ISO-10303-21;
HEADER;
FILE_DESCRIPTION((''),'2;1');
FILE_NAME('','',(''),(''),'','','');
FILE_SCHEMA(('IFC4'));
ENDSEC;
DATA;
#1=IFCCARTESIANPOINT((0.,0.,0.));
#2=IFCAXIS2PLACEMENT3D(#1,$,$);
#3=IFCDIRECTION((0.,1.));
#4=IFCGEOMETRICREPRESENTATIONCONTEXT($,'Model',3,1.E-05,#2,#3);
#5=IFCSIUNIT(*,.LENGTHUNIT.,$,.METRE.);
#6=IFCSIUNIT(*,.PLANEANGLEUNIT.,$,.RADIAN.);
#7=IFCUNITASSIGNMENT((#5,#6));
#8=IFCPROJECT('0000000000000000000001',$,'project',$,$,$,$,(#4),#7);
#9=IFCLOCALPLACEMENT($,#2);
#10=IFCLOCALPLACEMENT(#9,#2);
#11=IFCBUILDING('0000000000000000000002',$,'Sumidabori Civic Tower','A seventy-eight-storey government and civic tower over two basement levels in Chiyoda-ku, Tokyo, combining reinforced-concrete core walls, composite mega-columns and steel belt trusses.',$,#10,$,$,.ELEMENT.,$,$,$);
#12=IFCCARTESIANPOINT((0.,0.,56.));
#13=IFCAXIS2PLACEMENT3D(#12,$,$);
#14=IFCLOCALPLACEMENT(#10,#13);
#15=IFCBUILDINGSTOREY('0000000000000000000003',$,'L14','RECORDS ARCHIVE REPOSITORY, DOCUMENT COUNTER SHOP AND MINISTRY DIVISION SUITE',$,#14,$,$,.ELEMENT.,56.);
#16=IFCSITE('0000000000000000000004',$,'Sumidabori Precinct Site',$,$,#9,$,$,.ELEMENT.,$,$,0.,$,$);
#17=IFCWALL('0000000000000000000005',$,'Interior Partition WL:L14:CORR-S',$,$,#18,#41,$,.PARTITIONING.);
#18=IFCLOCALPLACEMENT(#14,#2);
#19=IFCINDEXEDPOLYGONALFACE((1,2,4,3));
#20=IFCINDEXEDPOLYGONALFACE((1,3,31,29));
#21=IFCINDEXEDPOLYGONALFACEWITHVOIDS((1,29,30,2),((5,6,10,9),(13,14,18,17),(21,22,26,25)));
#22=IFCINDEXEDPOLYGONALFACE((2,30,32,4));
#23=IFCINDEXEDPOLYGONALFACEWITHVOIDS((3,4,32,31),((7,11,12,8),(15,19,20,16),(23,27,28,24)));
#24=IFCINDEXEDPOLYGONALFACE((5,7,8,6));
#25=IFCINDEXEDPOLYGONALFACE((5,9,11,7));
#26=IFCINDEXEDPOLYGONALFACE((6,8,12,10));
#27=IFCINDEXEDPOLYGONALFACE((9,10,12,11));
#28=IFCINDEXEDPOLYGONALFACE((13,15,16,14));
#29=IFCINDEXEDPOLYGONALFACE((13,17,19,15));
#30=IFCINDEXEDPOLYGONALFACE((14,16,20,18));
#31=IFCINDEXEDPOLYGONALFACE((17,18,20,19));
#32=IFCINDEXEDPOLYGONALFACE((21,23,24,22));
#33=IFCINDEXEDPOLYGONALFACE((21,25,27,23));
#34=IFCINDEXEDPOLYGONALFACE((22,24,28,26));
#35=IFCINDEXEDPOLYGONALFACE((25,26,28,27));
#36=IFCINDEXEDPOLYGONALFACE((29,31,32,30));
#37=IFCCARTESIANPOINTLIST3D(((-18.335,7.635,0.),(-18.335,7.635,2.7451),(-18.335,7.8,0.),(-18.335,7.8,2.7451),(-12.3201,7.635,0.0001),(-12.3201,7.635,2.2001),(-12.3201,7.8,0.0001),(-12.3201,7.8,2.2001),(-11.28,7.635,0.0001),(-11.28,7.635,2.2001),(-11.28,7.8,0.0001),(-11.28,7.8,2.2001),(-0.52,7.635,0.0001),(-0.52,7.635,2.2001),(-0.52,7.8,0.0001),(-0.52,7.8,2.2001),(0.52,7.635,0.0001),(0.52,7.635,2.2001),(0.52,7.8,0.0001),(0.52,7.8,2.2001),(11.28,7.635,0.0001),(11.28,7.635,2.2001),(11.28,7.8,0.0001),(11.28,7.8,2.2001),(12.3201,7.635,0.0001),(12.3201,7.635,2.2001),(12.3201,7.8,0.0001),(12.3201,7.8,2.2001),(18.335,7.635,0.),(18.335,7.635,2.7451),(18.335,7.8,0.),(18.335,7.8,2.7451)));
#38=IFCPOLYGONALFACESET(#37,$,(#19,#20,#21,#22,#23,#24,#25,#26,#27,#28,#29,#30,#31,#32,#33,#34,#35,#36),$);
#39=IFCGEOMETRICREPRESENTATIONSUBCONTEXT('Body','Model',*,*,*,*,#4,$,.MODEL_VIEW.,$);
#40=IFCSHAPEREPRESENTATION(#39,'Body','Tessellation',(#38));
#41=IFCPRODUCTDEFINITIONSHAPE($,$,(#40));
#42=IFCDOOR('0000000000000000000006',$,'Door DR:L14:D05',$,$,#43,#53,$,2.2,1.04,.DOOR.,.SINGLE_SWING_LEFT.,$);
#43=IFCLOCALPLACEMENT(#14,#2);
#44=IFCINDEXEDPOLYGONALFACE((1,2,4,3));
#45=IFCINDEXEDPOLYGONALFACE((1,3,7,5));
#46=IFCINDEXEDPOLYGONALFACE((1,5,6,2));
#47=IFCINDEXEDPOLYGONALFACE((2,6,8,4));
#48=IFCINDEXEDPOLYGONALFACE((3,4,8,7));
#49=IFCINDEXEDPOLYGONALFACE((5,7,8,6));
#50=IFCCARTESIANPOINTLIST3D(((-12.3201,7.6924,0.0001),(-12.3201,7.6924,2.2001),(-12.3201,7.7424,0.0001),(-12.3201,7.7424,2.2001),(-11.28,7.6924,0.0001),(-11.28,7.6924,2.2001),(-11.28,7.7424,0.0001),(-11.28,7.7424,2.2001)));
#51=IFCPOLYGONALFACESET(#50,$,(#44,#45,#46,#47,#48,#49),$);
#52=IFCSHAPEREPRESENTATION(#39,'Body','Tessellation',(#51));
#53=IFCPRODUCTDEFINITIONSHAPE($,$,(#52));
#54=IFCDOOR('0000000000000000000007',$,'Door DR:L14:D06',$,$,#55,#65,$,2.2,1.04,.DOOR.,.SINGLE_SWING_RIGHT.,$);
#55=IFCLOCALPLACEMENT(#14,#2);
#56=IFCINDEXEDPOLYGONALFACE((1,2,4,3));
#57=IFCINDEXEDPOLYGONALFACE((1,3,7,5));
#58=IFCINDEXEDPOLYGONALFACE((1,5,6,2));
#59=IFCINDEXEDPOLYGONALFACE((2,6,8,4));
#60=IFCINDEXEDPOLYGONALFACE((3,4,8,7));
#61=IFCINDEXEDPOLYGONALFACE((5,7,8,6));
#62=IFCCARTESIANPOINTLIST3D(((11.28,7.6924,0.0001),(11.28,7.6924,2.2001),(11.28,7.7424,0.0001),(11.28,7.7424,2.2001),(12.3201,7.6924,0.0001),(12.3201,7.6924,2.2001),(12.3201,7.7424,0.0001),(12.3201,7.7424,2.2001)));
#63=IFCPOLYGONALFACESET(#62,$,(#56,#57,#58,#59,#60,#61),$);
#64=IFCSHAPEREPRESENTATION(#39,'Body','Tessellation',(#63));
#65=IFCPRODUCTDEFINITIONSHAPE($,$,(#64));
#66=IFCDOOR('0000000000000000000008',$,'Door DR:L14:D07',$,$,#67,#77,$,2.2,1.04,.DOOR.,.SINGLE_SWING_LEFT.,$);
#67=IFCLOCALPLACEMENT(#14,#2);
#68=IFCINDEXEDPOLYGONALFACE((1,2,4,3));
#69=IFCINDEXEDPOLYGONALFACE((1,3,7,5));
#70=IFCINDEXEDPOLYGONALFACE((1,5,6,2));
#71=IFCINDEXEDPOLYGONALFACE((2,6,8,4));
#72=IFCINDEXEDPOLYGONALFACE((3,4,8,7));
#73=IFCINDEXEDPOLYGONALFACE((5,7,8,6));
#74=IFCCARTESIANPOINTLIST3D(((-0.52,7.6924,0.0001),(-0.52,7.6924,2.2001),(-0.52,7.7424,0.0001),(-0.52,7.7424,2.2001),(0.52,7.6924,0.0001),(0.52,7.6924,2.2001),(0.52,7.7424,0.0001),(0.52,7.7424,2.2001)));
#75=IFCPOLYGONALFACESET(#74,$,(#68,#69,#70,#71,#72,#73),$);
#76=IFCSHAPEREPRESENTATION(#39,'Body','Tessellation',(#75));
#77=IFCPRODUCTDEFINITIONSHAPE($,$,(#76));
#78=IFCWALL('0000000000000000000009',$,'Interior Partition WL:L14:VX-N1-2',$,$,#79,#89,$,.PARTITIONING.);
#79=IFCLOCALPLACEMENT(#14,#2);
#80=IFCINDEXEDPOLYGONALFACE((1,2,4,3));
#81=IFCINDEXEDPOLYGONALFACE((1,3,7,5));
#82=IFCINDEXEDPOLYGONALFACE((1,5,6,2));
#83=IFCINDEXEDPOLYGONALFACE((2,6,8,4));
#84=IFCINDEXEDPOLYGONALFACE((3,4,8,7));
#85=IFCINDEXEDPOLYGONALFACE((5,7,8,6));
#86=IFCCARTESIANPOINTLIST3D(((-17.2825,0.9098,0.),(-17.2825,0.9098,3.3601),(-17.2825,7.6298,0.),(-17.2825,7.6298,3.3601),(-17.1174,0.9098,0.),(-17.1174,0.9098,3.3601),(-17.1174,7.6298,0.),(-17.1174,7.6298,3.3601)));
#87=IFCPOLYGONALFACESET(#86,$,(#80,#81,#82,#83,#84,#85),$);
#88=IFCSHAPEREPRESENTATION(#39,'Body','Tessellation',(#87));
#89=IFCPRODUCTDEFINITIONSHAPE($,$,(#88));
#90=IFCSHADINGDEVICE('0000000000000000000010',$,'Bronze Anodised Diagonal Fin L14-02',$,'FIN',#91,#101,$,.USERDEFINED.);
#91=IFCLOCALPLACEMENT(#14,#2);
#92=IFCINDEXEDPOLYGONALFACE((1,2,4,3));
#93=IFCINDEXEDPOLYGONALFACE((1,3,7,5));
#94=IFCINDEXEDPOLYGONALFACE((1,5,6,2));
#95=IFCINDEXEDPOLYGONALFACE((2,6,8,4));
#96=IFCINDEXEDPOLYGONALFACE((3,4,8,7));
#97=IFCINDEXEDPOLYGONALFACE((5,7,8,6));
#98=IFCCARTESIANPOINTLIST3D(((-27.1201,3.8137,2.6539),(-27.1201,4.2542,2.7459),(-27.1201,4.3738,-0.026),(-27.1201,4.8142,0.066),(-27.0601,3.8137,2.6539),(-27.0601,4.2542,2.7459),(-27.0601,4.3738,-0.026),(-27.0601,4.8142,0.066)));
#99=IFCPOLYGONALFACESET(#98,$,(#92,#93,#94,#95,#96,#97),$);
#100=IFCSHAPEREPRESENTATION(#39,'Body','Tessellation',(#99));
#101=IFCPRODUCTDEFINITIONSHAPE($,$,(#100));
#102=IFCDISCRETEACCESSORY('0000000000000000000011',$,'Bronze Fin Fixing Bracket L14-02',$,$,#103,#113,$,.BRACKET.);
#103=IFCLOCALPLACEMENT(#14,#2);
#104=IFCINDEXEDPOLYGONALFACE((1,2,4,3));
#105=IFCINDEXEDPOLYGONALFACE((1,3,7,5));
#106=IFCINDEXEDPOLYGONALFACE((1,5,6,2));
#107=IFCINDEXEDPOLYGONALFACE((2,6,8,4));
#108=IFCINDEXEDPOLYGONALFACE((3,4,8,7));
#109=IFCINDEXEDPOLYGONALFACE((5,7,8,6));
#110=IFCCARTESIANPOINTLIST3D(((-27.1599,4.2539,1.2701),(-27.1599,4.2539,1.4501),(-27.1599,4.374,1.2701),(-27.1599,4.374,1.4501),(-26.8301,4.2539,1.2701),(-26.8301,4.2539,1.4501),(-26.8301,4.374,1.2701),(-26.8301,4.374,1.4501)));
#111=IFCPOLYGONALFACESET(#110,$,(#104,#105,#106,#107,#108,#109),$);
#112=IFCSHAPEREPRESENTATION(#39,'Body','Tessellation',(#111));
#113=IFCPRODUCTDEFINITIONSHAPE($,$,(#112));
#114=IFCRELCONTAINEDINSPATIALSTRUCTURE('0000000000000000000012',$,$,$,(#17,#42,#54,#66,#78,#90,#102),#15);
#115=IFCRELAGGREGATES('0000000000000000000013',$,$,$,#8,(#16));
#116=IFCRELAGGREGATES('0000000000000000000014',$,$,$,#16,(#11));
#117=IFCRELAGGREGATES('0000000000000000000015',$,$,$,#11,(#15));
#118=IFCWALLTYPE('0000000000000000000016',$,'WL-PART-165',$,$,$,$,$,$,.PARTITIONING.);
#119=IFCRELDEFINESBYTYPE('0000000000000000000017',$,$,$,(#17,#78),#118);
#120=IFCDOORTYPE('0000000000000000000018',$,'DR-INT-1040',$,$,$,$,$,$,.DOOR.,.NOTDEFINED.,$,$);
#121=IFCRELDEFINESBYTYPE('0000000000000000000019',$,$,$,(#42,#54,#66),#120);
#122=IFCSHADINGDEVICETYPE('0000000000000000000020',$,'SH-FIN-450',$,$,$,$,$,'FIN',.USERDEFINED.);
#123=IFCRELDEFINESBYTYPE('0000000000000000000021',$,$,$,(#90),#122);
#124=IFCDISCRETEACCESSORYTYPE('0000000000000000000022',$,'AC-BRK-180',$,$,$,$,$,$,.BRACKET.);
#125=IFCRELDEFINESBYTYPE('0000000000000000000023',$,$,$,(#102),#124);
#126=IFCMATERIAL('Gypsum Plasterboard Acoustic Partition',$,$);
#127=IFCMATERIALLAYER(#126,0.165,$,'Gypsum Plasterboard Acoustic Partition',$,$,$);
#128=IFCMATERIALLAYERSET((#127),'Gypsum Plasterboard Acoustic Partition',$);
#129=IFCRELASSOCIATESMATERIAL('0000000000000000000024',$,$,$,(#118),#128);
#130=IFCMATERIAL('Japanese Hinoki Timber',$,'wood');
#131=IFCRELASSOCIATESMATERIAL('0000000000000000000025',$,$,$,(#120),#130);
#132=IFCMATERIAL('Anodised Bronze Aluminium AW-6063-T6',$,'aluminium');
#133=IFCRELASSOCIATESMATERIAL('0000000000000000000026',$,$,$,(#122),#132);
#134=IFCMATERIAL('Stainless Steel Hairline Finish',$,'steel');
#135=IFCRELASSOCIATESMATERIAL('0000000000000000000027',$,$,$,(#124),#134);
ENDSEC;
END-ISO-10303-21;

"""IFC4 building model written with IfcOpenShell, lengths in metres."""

from ifc_helpers import new_model, si_unit, direction, frame, frame_2d, origin, origin_2d, place, context, subcontext, project, spatial, rectangle, extrude, source, transform, mapped, material, layer, layer_set, material_profile, profile_set, type_object, element, fill, save


model = new_model("IFC4")

# Units and contexts
model_context = context("Model", 3, precision=1e-05, world=origin(), true_north=direction((0.0, 1.0)))
body_context = subcontext(model_context, "Body", "Model", "MODEL_VIEW")
ifc_project = project(units=[si_unit("LENGTHUNIT", "METRE"), si_unit("PLANEANGLEUNIT", "RADIAN")], contexts=[model_context])

# Site, building, storey
site_placement = place(None, origin())
site = spatial("IfcSite", under=ifc_project, at=site_placement, Name="Sumidabori Precinct Site", CompositionType="ELEMENT", RefElevation=0.0)
building_placement = place(site_placement, origin())
building = spatial("IfcBuilding", under=site, at=building_placement, Name="Sumidabori Civic Tower", Description="A seventy-eight-storey government and civic tower over two basement levels in Chiyoda-ku, Tokyo, combining reinforced-concrete core walls, composite mega-columns and steel belt trusses.", CompositionType="ELEMENT")
storey_placement = place(building_placement, frame((0.0, 0.0, 56.0)))
storey = spatial("IfcBuildingStorey", under=building, at=storey_placement, Name="L14", Description="RECORDS ARCHIVE REPOSITORY, DOCUMENT COUNTER SHOP AND MINISTRY DIVISION SUITE", CompositionType="ELEMENT", Elevation=56.0)

# Shared definitions
ifc_material_1 = material(Name="Anodised Bronze Aluminium AW-6063-T6", Category="aluminium")

# Shared definitions
ifc_material_2 = material(Name="Gypsum Plasterboard Acoustic Partition")
ifc_layer_1 = layer(ifc_material_2, 0.165, Name="Gypsum Plasterboard Acoustic Partition")
ifc_layer_set_1 = layer_set([ifc_layer_1], Name="Gypsum Plasterboard Acoustic Partition")
wall_type = type_object("IfcWallType", Name="WL-PART-165", PredefinedType="PARTITIONING", material=ifc_layer_set_1)
ifc_material_3 = material(Name="Japanese Hinoki Timber", Category="wood")
door_type = type_object("IfcDoorType", Name="DR-INT-1040", OperationType="NOTDEFINED", PredefinedType="DOOR", material=ifc_material_3)
shared_shape_1 = source(origin(), body_context, "Body", "SweptSolid", [
    extrude(rectangle(XDim=1.04, YDim=2.2, at=frame_2d((0.52, 1.1001))), frame((0.0, 0.0249, 0.0), z_axis=(0.0, -1.0, 0.0), x_axis=(1.0, 0.0, 0.0)), (0.0, 0.0, 1.0), 0.05),
])

# Wall, openings, doors
shared_shape_2 = source(origin(), body_context, "Body", "SweptSolid", [
    extrude(rectangle(XDim=36.6699, YDim=0.165, at=frame_2d((18.335, 0.0))), origin(), (0.0, 0.0, 1.0), 2.7451),
])
wall_1_placement = place(storey_placement, frame((-18.335, 7.7175, 0.0), z_axis=(0.0, 0.0, 1.0), x_axis=(1.0, 0.0, 0.0)))
wall_1 = element("IfcWall", 1, at=wall_1_placement, inside=storey, type_object=wall_type, Name="Interior Partition WL:L14:CORR-S", PredefinedType="PARTITIONING", context=body_context, shape_type="MappedRepresentation", body=[
    mapped(shared_shape_2, transform((0.0, 0.0, 0.0), x_axis=(1.0, 0.0, 0.0), y_axis=(0.0, 1.0, 0.0), z_axis=(0.0, 0.0, 1.0), scale=1.0)),
])
opening_1_placement = place(wall_1_placement, frame((6.0149, 0.0, 0.0)))
opening_1 = element("IfcOpeningElement", 2, at=opening_1_placement, cuts=wall_1, PredefinedType="OPENING", context=body_context, shape_type="SweptSolid", body=[
    extrude(rectangle(XDim=1.04, YDim=2.2, at=frame_2d((0.52, 1.1001))), frame((0.0, 0.0945, 0.0), z_axis=(0.0, -1.0, 0.0), x_axis=(1.0, 0.0, 0.0)), (0.0, 0.0, 1.0), 0.189),
])
opening_2_placement = place(wall_1_placement, frame((29.615, 0.0, 0.0)))
opening_2 = element("IfcOpeningElement", 3, at=opening_2_placement, cuts=wall_1, PredefinedType="OPENING", context=body_context, shape_type="SweptSolid", body=[
    extrude(rectangle(XDim=1.04, YDim=2.2, at=frame_2d((0.52, 1.1001))), frame((0.0, 0.0945, 0.0), z_axis=(0.0, -1.0, 0.0), x_axis=(1.0, 0.0, 0.0)), (0.0, 0.0, 1.0), 0.189),
])
opening_3_placement = place(wall_1_placement, frame((17.8149, 0.0, 0.0)))
opening_3 = element("IfcOpeningElement", 4, at=opening_3_placement, cuts=wall_1, PredefinedType="OPENING", context=body_context, shape_type="SweptSolid", body=[
    extrude(rectangle(XDim=1.04, YDim=2.2, at=frame_2d((0.52, 1.1001))), frame((0.0, 0.0945, 0.0), z_axis=(0.0, -1.0, 0.0), x_axis=(1.0, 0.0, 0.0)), (0.0, 0.0, 1.0), 0.189),
])
door_1_placement = place(opening_1_placement, origin())
door_1 = element("IfcDoor", 5, at=door_1_placement, inside=storey, type_object=door_type, Name="Door DR:L14:D05", OperationType="SINGLE_SWING_LEFT", OverallHeight=2.2, OverallWidth=1.04, PredefinedType="DOOR", context=body_context, shape_type="MappedRepresentation", body=[
    mapped(shared_shape_1, transform((0.0, 0.0, 0.0), x_axis=(1.0, 0.0, 0.0), y_axis=(0.0, 1.0, 0.0), z_axis=(0.0, 0.0, 1.0), scale=1.0)),
])
fill(opening_1, door_1)
door_2_placement = place(opening_2_placement, origin())
door_2 = element("IfcDoor", 6, at=door_2_placement, inside=storey, type_object=door_type, Name="Door DR:L14:D06", OperationType="SINGLE_SWING_RIGHT", OverallHeight=2.2, OverallWidth=1.04, PredefinedType="DOOR", context=body_context, shape_type="MappedRepresentation", body=[
    mapped(shared_shape_1, transform((0.0, 0.0, 0.0), x_axis=(1.0, 0.0, 0.0), y_axis=(0.0, 1.0, 0.0), z_axis=(0.0, 0.0, 1.0), scale=1.0)),
])
fill(opening_2, door_2)
door_3_placement = place(opening_3_placement, origin())
door_3 = element("IfcDoor", 7, at=door_3_placement, inside=storey, type_object=door_type, Name="Door DR:L14:D07", OperationType="SINGLE_SWING_LEFT", OverallHeight=2.2, OverallWidth=1.04, PredefinedType="DOOR", context=body_context, shape_type="MappedRepresentation", body=[
    mapped(shared_shape_1, transform((0.0, 0.0, 0.0), x_axis=(1.0, 0.0, 0.0), y_axis=(0.0, 1.0, 0.0), z_axis=(0.0, 0.0, 1.0), scale=1.0)),
])
fill(opening_3, door_3)

# Wall
shared_shape_3 = source(origin(), body_context, "Body", "SweptSolid", [
    extrude(rectangle(XDim=6.72, YDim=0.165, at=frame_2d((3.3599, 0.0))), origin(), (0.0, 0.0, 1.0), 3.3601),
])
wall_2_placement = place(storey_placement, frame((-17.2, 0.9099, 0.0), z_axis=(0.0, 0.0, 1.0), x_axis=(0.0, 1.0, 0.0)))
element("IfcWall", 8, at=wall_2_placement, inside=storey, type_object=wall_type, Name="Interior Partition WL:L14:VX-N1-2", PredefinedType="PARTITIONING", context=body_context, shape_type="MappedRepresentation", body=[
    mapped(shared_shape_3, transform((0.0, 0.0, 0.0), x_axis=(1.0, 0.0, 0.0), y_axis=(0.0, 1.0, 0.0), z_axis=(0.0, 0.0, 1.0), scale=1.0)),
])

# Shading device
ifc_material_profile_1 = material_profile(ifc_material_1, rectangle(XDim=0.0601, YDim=0.45, at=origin_2d()), Name="BRONZE FIN 450x60")
ifc_profile_set_1 = profile_set([ifc_material_profile_1], Name="Anodised Bronze Aluminium AW-6063-T6")
shading_device_type = type_object("IfcShadingDeviceType", Name="SH-FIN-450", ElementType="FIN", PredefinedType="USERDEFINED", material=ifc_profile_set_1)
shared_shape_4 = source(origin(), body_context, "Body", "SweptSolid", [
    extrude(rectangle(XDim=0.0601, YDim=0.45, at=origin_2d()), origin(), (0.0, 0.0, 1.0), 2.7378),
])
shading_device_placement = place(storey_placement, frame((-27.0901, 4.594, 0.02), z_axis=(0.0, -0.204563, 0.978853), x_axis=(-1.0, 0.0, 0.0)))
element("IfcShadingDevice", 9, at=shading_device_placement, inside=storey, type_object=shading_device_type, Name="Bronze Anodised Diagonal Fin L14-02", ObjectType="FIN", PredefinedType="USERDEFINED", context=body_context, shape_type="MappedRepresentation", body=[
    mapped(shared_shape_4, transform((0.0, 0.0, 0.0), x_axis=(1.0, 0.0, 0.0), y_axis=(0.0, 1.0, 0.0), z_axis=(0.0, 0.0, 1.0), scale=1.0)),
])

# Discrete accessory
ifc_material_4 = material(Name="Stainless Steel Hairline Finish", Category="steel")
ifc_material_profile_2 = material_profile(ifc_material_4, rectangle(XDim=0.1201, YDim=0.1799, at=origin_2d()), Name="STEEL BRACKET 180x120")
ifc_profile_set_2 = profile_set([ifc_material_profile_2], Name="Stainless Steel Hairline Finish")
discrete_accessory_type = type_object("IfcDiscreteAccessoryType", Name="AC-BRK-180", PredefinedType="BRACKET", material=ifc_profile_set_2)
shared_shape_5 = source(origin(), body_context, "Body", "SweptSolid", [
    extrude(rectangle(XDim=0.1201, YDim=0.1799, at=origin_2d()), origin(), (0.0, 0.0, 1.0), 0.3298),
])
discrete_accessory_placement = place(storey_placement, frame((-26.8301, 4.314, 1.3601), z_axis=(-1.0, 0.0, 0.0), x_axis=(0.0, -1.0, 0.0)))
element("IfcDiscreteAccessory", 10, at=discrete_accessory_placement, inside=storey, type_object=discrete_accessory_type, Name="Bronze Fin Fixing Bracket L14-02", PredefinedType="BRACKET", context=body_context, shape_type="MappedRepresentation", body=[
    mapped(shared_shape_5, transform((0.0, 0.0, 0.0), x_axis=(1.0, 0.0, 0.0), y_axis=(0.0, 1.0, 0.0), z_axis=(0.0, 0.0, 1.0), scale=1.0)),
])

save(model, "model.ifc")
